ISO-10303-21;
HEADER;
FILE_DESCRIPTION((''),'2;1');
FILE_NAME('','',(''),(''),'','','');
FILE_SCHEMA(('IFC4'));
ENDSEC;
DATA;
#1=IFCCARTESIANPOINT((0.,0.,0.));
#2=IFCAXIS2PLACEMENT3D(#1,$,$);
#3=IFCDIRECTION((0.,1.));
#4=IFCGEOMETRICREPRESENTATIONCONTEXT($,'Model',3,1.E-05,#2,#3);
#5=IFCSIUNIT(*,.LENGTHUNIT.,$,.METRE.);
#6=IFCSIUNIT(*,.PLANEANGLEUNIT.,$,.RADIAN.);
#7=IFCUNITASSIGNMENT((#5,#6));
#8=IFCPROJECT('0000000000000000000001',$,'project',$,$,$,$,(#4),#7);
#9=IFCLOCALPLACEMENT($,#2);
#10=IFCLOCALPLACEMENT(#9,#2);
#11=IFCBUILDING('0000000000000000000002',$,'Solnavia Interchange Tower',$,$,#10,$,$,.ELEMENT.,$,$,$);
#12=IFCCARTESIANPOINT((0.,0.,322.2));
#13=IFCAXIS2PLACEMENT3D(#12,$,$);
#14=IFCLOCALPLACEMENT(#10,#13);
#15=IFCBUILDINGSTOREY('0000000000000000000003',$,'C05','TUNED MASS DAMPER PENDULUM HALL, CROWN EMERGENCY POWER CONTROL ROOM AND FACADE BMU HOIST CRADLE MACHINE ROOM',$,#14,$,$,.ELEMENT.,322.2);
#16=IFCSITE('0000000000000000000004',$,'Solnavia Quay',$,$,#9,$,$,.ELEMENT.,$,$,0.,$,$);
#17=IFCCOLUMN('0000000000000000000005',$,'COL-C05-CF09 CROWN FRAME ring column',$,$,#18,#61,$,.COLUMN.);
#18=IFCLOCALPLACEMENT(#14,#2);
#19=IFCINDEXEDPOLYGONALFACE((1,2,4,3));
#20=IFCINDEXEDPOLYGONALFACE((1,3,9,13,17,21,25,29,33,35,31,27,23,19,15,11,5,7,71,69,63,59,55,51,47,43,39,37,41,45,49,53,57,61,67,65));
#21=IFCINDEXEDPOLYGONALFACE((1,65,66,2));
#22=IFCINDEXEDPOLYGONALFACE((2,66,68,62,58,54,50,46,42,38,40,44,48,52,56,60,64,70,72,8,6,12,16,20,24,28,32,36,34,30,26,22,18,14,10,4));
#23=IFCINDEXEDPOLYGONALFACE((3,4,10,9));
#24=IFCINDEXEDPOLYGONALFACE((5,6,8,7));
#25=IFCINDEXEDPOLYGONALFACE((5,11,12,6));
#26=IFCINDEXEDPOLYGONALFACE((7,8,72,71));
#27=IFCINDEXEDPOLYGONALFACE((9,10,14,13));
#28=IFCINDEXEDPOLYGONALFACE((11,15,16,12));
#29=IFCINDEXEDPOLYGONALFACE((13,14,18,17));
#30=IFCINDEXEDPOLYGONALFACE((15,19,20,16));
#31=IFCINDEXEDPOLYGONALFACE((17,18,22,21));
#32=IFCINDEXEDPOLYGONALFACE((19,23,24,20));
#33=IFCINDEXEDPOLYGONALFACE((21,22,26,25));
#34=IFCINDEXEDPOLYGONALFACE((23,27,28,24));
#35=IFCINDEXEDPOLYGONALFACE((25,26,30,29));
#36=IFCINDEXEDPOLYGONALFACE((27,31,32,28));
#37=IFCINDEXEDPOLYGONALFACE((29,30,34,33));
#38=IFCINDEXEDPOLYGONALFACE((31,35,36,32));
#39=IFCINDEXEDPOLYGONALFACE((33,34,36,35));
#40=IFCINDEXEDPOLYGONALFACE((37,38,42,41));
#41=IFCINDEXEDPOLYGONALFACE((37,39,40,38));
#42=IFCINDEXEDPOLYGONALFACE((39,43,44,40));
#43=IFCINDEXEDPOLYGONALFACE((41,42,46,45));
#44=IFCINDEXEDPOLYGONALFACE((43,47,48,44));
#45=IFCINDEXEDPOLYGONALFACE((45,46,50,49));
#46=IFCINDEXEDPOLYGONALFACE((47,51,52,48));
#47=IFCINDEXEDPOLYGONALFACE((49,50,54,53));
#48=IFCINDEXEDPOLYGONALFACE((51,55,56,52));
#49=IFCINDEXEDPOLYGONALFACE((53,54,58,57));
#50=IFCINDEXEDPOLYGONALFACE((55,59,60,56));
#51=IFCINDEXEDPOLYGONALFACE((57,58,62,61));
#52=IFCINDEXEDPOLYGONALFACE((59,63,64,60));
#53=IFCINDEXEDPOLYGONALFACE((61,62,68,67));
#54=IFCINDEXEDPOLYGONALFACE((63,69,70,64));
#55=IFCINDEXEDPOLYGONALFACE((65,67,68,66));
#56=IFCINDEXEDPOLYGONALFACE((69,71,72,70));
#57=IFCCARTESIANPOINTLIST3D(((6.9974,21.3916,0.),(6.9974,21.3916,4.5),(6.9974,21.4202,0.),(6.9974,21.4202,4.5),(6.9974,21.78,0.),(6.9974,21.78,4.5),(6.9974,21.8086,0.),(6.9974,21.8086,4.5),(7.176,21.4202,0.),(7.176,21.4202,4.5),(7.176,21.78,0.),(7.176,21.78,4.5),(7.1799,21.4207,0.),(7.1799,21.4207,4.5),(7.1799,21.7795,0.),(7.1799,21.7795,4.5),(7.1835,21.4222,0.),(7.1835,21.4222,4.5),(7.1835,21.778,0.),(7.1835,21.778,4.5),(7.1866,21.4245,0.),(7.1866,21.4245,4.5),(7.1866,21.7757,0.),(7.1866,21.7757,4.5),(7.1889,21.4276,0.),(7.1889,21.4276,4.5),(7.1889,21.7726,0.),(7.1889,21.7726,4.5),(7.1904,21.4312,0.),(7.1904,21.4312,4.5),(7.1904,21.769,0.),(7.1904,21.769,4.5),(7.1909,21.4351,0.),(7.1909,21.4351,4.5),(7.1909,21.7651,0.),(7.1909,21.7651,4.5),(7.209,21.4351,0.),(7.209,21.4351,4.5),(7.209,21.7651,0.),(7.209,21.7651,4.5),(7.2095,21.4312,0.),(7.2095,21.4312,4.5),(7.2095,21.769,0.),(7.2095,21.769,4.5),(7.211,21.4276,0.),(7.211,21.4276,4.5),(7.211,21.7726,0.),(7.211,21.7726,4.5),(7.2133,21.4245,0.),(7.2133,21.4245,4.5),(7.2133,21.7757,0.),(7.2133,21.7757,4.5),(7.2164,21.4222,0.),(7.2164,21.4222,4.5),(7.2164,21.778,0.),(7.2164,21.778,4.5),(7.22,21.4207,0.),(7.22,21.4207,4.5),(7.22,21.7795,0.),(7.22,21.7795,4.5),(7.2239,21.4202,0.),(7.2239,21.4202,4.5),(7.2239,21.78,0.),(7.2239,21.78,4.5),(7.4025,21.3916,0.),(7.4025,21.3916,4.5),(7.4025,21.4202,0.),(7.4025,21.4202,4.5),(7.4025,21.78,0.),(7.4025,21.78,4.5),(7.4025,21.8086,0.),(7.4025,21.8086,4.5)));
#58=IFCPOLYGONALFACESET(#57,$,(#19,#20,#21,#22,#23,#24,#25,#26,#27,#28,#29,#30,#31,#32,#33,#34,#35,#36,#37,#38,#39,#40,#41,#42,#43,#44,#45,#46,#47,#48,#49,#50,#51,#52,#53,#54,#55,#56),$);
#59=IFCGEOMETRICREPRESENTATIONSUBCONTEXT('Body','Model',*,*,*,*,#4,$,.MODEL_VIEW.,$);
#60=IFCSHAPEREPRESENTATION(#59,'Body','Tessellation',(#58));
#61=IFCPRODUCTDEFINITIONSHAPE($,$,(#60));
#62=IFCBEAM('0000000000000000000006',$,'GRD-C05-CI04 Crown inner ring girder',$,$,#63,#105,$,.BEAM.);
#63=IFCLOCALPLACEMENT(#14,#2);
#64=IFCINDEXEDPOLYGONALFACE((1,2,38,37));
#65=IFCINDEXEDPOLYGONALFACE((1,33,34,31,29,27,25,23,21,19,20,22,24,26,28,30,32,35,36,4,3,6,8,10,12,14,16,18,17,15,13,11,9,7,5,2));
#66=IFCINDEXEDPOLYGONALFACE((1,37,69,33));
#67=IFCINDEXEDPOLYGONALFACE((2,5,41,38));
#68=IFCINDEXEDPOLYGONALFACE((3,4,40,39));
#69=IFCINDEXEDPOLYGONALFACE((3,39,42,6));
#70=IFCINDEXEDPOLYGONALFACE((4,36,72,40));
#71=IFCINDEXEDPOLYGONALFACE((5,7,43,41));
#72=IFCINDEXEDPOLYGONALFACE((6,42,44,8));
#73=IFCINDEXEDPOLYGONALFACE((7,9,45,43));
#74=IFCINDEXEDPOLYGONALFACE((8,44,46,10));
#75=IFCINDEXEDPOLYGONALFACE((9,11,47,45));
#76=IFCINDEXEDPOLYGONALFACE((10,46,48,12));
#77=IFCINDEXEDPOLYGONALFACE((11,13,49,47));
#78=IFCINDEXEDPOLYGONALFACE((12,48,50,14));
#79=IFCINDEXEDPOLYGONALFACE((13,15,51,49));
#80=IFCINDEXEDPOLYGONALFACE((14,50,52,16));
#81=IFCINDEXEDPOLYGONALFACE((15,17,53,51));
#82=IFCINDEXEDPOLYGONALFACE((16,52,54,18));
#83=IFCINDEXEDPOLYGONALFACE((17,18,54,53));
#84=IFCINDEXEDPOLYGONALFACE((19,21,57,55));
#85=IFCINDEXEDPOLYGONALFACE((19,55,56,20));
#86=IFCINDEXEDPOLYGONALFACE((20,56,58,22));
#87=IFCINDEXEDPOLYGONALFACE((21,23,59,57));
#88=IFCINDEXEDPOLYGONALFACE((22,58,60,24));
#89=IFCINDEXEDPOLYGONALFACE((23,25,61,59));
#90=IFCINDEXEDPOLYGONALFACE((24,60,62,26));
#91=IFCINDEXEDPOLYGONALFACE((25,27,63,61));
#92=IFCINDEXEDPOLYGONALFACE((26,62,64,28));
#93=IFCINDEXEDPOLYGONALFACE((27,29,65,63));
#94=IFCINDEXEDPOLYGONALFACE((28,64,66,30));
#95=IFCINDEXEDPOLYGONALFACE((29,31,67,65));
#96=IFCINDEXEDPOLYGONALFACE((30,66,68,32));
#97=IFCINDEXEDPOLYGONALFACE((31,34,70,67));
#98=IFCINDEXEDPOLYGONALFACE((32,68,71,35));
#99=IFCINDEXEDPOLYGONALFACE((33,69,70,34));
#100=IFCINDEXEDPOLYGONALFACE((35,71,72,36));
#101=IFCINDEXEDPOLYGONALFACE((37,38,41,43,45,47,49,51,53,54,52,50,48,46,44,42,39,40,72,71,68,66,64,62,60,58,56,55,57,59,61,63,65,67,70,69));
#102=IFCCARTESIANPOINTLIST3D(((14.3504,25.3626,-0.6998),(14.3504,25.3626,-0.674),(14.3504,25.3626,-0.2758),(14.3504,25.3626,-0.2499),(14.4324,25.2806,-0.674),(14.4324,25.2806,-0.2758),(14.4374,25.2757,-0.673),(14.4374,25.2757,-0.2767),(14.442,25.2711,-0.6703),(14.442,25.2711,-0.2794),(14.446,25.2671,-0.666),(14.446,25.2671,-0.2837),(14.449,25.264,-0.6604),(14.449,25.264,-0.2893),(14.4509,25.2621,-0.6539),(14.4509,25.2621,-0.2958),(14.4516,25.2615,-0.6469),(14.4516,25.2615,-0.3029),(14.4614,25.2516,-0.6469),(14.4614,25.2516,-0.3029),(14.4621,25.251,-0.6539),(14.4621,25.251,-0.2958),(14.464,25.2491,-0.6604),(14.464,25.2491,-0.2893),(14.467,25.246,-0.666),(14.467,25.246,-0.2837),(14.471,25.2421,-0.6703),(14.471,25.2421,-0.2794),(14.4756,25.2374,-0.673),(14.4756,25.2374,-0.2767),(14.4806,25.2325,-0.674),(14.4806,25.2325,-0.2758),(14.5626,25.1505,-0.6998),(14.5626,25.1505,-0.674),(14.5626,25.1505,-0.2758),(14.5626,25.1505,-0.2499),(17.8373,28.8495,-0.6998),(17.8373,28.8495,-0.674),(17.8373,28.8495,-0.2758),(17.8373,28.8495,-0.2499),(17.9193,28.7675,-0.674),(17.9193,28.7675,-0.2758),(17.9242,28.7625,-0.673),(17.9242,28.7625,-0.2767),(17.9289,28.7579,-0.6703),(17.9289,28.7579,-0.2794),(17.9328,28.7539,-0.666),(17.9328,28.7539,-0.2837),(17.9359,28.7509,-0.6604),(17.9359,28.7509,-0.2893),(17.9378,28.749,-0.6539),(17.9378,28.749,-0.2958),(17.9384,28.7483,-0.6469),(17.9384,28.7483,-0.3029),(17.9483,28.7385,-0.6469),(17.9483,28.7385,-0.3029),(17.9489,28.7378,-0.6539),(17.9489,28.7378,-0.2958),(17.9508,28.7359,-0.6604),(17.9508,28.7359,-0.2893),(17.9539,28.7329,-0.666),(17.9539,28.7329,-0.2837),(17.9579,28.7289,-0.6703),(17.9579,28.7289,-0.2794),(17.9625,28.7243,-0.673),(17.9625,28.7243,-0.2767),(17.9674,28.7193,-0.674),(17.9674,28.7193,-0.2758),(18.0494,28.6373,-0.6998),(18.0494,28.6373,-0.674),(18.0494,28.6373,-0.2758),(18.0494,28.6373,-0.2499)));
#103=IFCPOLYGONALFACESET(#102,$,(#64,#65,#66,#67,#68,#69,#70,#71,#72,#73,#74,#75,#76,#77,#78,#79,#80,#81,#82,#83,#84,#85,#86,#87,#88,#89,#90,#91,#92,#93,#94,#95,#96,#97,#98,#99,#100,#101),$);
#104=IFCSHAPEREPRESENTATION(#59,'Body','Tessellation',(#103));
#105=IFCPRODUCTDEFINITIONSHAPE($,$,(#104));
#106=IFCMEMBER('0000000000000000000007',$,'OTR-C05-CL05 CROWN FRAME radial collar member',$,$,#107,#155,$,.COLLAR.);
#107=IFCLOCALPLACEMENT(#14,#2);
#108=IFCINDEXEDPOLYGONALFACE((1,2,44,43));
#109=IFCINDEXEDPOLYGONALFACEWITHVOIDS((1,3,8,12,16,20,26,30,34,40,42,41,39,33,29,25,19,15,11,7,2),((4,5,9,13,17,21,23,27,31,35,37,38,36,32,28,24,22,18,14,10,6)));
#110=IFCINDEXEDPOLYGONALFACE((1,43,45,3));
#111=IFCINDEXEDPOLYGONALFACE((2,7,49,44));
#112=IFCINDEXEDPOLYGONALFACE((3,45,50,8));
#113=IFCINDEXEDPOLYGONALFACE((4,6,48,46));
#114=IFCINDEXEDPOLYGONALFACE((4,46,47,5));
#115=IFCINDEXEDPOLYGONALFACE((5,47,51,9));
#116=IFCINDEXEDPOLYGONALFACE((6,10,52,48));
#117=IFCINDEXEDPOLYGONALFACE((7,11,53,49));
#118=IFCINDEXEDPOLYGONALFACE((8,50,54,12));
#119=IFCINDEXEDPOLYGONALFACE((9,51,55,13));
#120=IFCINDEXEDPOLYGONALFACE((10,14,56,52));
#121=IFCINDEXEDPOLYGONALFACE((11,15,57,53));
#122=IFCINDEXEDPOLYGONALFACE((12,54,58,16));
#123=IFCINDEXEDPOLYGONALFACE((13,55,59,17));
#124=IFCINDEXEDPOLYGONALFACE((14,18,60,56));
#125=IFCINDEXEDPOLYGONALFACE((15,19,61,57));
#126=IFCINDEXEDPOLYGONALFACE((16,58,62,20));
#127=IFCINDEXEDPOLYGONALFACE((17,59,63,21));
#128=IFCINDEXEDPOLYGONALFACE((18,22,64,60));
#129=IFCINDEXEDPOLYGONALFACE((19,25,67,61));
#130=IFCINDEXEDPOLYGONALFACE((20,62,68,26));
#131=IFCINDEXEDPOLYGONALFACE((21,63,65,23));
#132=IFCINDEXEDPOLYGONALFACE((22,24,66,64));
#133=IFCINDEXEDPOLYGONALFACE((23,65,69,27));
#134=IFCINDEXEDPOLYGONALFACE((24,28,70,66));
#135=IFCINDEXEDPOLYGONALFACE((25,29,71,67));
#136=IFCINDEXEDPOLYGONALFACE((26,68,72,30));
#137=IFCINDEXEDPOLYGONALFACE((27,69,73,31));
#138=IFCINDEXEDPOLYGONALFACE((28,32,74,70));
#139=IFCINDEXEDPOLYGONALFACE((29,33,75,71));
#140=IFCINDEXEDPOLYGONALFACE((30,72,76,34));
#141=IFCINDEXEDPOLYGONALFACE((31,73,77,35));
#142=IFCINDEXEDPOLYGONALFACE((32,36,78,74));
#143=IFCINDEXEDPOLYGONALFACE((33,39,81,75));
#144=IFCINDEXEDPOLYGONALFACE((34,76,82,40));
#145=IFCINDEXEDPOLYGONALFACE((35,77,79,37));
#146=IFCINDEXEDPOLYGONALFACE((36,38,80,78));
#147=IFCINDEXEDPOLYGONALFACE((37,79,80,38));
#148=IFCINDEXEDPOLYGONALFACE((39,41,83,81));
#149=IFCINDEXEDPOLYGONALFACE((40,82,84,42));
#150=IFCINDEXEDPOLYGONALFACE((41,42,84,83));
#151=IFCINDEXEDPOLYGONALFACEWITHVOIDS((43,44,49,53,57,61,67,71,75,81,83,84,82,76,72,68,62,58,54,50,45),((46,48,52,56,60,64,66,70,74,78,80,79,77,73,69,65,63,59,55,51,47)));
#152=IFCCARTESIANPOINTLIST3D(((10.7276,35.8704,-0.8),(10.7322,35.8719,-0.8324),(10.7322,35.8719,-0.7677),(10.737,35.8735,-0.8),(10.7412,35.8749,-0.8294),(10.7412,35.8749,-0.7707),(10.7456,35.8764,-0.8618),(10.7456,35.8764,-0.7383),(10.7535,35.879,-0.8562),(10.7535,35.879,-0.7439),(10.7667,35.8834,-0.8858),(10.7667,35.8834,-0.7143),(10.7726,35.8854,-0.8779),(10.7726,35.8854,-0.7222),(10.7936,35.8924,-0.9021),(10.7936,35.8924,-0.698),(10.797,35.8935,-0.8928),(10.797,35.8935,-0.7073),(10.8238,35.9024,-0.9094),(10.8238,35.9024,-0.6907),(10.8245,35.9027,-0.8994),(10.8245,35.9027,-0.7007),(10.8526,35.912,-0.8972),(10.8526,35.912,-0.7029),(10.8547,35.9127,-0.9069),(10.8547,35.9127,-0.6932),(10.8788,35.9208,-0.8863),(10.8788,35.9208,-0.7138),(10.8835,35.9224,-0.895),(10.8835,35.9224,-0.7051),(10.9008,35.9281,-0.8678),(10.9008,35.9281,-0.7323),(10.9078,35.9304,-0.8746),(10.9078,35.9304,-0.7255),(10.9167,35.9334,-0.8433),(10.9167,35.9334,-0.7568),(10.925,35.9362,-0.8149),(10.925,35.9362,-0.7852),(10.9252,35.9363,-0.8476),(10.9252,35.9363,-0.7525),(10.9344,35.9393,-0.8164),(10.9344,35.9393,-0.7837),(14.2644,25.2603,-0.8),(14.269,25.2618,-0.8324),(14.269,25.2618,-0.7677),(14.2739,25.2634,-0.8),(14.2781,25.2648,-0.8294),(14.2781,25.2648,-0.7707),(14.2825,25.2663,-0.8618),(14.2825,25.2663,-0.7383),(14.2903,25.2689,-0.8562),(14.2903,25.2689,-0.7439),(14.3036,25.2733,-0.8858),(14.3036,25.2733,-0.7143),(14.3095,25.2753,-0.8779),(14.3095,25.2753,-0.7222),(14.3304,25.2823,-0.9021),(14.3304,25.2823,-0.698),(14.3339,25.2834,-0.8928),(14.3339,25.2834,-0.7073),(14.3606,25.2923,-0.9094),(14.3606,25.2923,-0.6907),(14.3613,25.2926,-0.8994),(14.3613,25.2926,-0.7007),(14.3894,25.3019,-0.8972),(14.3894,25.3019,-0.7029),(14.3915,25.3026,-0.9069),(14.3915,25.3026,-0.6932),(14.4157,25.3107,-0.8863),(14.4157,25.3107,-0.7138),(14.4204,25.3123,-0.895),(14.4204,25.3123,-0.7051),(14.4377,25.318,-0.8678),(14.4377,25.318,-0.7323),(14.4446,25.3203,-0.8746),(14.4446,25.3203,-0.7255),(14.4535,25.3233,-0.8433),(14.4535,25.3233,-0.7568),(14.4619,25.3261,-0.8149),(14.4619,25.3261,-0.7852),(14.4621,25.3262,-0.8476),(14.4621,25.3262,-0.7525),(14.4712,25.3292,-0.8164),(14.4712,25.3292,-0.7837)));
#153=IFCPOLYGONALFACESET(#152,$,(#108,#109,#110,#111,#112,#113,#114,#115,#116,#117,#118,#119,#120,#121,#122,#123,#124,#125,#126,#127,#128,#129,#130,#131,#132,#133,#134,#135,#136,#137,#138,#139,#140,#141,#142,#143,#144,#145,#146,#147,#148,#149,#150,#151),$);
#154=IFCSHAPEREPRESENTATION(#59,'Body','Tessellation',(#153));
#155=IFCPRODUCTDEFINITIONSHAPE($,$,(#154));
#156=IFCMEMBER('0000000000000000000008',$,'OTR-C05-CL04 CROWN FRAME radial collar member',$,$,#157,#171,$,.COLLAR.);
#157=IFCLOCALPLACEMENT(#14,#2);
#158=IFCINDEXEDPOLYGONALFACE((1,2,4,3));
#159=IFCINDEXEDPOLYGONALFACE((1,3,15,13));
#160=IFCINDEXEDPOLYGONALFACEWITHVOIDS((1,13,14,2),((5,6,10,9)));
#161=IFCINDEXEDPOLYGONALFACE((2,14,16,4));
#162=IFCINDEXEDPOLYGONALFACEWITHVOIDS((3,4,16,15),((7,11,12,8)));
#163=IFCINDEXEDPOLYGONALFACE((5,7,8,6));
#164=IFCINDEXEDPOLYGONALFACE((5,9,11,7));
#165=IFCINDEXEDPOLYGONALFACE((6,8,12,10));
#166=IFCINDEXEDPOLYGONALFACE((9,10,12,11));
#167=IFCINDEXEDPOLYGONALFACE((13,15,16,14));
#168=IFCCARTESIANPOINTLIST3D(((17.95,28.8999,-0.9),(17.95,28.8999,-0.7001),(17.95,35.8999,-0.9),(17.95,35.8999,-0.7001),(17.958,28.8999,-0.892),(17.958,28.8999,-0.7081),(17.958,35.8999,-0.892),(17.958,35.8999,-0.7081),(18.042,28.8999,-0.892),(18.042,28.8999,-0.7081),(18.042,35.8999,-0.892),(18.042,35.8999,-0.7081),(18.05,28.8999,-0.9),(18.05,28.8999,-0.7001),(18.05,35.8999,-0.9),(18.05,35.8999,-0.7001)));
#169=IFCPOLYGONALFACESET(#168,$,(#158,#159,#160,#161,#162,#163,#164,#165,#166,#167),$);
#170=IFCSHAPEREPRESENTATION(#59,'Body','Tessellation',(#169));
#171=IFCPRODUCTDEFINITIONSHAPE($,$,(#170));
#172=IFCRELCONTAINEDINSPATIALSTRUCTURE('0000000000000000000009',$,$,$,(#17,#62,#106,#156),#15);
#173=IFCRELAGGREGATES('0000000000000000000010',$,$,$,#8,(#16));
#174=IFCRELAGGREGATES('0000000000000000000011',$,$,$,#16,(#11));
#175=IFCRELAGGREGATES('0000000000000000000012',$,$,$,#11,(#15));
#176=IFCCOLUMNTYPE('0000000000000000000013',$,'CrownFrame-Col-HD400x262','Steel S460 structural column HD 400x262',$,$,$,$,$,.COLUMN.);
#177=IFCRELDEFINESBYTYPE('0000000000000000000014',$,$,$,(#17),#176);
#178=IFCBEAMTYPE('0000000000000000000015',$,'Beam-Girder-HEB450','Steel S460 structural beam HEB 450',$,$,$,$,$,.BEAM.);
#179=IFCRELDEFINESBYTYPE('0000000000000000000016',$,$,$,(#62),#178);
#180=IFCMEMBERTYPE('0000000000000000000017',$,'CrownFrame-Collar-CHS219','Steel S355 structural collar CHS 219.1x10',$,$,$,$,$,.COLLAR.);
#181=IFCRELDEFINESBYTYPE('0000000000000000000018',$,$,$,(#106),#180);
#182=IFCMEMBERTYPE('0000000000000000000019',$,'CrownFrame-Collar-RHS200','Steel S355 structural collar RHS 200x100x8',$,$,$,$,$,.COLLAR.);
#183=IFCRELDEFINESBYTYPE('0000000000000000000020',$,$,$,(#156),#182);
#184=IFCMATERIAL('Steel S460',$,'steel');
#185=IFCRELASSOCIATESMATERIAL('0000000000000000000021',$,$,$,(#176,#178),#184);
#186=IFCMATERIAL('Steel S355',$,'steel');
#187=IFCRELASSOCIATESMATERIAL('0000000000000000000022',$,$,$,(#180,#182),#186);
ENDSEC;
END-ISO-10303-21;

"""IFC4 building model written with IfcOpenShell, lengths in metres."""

from ifc_helpers import new_model, si_unit, direction, frame, origin, origin_2d, place, context, subcontext, project, spatial, hollow_rectangle, hollow_circle, i_section, extrude, material, material_profile, profile_set, type_object, element, save


model = new_model("IFC4")

# Units and contexts
model_context = context("Model", 3, precision=1e-05, world=origin(), true_north=direction((0.0, 1.0)))
body_context = subcontext(model_context, "Body", "Model", "MODEL_VIEW")
ifc_project = project(units=[si_unit("LENGTHUNIT", "METRE"), si_unit("PLANEANGLEUNIT", "RADIAN")], contexts=[model_context])

# Site, building, storey
site_placement = place(None, origin())
site = spatial("IfcSite", under=ifc_project, at=site_placement, Name="Solnavia Quay", CompositionType="ELEMENT", RefElevation=0.0)
building_placement = place(site_placement, origin())
building = spatial("IfcBuilding", under=site, at=building_placement, Name="Solnavia Interchange Tower", CompositionType="ELEMENT")
storey_placement = place(building_placement, frame((0.0, 0.0, 322.2)))
storey = spatial("IfcBuildingStorey", under=building, at=storey_placement, Name="C05", Description="TUNED MASS DAMPER PENDULUM HALL, CROWN EMERGENCY POWER CONTROL ROOM AND FACADE BMU HOIST CRADLE MACHINE ROOM", CompositionType="ELEMENT", Elevation=322.2)

# Column
ifc_material_1 = material(Name="Steel S460", Category="steel")
ifc_material_profile_1 = material_profile(ifc_material_1, i_section(OverallWidth=0.405, OverallDepth=0.417, WebThickness=0.0181, FlangeThickness=0.0286, FilletRadius=0.0149, at=origin_2d()), Name="HD 400x262")
ifc_profile_set_1 = profile_set([ifc_material_profile_1], Name="Steel S460")
column_type_1 = type_object("IfcColumnType", Name="CrownFrame-Col-HD400x262", Description="Steel S460 structural column HD 400x262", PredefinedType="COLUMN", material=ifc_profile_set_1)
for number, where, z_axis, x_axis, name in (
    (1, (7.2, 21.6001, 0.0), (0.0, 0.0, 1.0), (-1.0, 0.0, 0.0), "COL-C05-CF09 CROWN FRAME ring column"),
):
    element("IfcColumn", number, at=place(storey_placement, frame(where, z_axis=z_axis, x_axis=x_axis)), inside=storey, type_object=column_type_1, Name=name, PredefinedType="COLUMN", context=body_context, shape_type="SweptSolid", body=[
        extrude(i_section(OverallWidth=0.405, OverallDepth=0.417, WebThickness=0.0181, FlangeThickness=0.0286, FilletRadius=0.0149, at=origin_2d()), origin(), (0.0, 0.0, 1.0), 4.5),
    ])

# Beam
ifc_material_profile_2 = material_profile(ifc_material_1, i_section(OverallWidth=0.3, OverallDepth=0.45, WebThickness=0.0139, FlangeThickness=0.0259, FilletRadius=0.0271, at=origin_2d()), Name="HEB 450")
ifc_profile_set_2 = profile_set([ifc_material_profile_2], Name="Steel S460")
beam_type_1 = type_object("IfcBeamType", Name="Beam-Girder-HEB450", Description="Steel S460 structural beam HEB 450", PredefinedType="BEAM", material=ifc_profile_set_2)
beam_1_placement = place(storey_placement, frame((17.9434, 28.7434, -0.4749), z_axis=(-0.707107, -0.707107, 0.0), x_axis=(0.707107, -0.707107, 0.0)))
element("IfcBeam", 2, at=beam_1_placement, inside=storey, type_object=beam_type_1, Name="GRD-C05-CI04 Crown inner ring girder", PredefinedType="BEAM", context=body_context, shape_type="SweptSolid", body=[
    extrude(i_section(OverallWidth=0.3, OverallDepth=0.45, WebThickness=0.0139, FlangeThickness=0.0259, FilletRadius=0.0271, at=origin_2d()), origin(), (0.0, 0.0, 1.0), 4.9312),
])

# Members
ifc_material_2 = material(Name="Steel S355", Category="steel")
ifc_material_profile_3 = material_profile(ifc_material_2, hollow_circle(Radius=0.1096, WallThickness=0.01, at=origin_2d()), Name="CHS 219.1x10")
ifc_profile_set_3 = profile_set([ifc_material_profile_3], Name="Steel S355")
member_type_1 = type_object("IfcMemberType", Name="CrownFrame-Collar-CHS219", Description="Steel S355 structural collar CHS 219.1x10", PredefinedType="COLLAR", material=ifc_profile_set_3)
member_1_placement = place(storey_placement, frame((14.3684, 25.2949, -0.8), z_axis=(-0.316241, 0.948679, 0.0), x_axis=(-0.948679, -0.316241, 0.0)))
element("IfcMember", 3, at=member_1_placement, inside=storey, type_object=member_type_1, Name="OTR-C05-CL05 CROWN FRAME radial collar member", PredefinedType="COLLAR", context=body_context, shape_type="SweptSolid", body=[
    extrude(hollow_circle(Radius=0.1096, WallThickness=0.01, at=origin_2d()), origin(), (0.0, 0.0, 1.0), 11.1841),
])
ifc_material_profile_4 = material_profile(ifc_material_2, hollow_rectangle(XDim=0.1001, YDim=0.2, WallThickness=0.0081, at=origin_2d()), Name="RHS 200x100x8")
ifc_profile_set_4 = profile_set([ifc_material_profile_4], Name="Steel S355")
member_type_2 = type_object("IfcMemberType", Name="CrownFrame-Collar-RHS200", Description="Steel S355 structural collar RHS 200x100x8", PredefinedType="COLLAR", material=ifc_profile_set_4)
member_2_placement = place(storey_placement, frame((18.0, 28.8999, -0.8), z_axis=(0.0, 1.0, 0.0), x_axis=(-1.0, 0.0, 0.0)))
element("IfcMember", 4, at=member_2_placement, inside=storey, type_object=member_type_2, Name="OTR-C05-CL04 CROWN FRAME radial collar member", PredefinedType="COLLAR", context=body_context, shape_type="SweptSolid", body=[
    extrude(hollow_rectangle(XDim=0.1001, YDim=0.2, WallThickness=0.0081, at=origin_2d()), origin(), (0.0, 0.0, 1.0), 7.0),
])

save(model, "model.ifc")
